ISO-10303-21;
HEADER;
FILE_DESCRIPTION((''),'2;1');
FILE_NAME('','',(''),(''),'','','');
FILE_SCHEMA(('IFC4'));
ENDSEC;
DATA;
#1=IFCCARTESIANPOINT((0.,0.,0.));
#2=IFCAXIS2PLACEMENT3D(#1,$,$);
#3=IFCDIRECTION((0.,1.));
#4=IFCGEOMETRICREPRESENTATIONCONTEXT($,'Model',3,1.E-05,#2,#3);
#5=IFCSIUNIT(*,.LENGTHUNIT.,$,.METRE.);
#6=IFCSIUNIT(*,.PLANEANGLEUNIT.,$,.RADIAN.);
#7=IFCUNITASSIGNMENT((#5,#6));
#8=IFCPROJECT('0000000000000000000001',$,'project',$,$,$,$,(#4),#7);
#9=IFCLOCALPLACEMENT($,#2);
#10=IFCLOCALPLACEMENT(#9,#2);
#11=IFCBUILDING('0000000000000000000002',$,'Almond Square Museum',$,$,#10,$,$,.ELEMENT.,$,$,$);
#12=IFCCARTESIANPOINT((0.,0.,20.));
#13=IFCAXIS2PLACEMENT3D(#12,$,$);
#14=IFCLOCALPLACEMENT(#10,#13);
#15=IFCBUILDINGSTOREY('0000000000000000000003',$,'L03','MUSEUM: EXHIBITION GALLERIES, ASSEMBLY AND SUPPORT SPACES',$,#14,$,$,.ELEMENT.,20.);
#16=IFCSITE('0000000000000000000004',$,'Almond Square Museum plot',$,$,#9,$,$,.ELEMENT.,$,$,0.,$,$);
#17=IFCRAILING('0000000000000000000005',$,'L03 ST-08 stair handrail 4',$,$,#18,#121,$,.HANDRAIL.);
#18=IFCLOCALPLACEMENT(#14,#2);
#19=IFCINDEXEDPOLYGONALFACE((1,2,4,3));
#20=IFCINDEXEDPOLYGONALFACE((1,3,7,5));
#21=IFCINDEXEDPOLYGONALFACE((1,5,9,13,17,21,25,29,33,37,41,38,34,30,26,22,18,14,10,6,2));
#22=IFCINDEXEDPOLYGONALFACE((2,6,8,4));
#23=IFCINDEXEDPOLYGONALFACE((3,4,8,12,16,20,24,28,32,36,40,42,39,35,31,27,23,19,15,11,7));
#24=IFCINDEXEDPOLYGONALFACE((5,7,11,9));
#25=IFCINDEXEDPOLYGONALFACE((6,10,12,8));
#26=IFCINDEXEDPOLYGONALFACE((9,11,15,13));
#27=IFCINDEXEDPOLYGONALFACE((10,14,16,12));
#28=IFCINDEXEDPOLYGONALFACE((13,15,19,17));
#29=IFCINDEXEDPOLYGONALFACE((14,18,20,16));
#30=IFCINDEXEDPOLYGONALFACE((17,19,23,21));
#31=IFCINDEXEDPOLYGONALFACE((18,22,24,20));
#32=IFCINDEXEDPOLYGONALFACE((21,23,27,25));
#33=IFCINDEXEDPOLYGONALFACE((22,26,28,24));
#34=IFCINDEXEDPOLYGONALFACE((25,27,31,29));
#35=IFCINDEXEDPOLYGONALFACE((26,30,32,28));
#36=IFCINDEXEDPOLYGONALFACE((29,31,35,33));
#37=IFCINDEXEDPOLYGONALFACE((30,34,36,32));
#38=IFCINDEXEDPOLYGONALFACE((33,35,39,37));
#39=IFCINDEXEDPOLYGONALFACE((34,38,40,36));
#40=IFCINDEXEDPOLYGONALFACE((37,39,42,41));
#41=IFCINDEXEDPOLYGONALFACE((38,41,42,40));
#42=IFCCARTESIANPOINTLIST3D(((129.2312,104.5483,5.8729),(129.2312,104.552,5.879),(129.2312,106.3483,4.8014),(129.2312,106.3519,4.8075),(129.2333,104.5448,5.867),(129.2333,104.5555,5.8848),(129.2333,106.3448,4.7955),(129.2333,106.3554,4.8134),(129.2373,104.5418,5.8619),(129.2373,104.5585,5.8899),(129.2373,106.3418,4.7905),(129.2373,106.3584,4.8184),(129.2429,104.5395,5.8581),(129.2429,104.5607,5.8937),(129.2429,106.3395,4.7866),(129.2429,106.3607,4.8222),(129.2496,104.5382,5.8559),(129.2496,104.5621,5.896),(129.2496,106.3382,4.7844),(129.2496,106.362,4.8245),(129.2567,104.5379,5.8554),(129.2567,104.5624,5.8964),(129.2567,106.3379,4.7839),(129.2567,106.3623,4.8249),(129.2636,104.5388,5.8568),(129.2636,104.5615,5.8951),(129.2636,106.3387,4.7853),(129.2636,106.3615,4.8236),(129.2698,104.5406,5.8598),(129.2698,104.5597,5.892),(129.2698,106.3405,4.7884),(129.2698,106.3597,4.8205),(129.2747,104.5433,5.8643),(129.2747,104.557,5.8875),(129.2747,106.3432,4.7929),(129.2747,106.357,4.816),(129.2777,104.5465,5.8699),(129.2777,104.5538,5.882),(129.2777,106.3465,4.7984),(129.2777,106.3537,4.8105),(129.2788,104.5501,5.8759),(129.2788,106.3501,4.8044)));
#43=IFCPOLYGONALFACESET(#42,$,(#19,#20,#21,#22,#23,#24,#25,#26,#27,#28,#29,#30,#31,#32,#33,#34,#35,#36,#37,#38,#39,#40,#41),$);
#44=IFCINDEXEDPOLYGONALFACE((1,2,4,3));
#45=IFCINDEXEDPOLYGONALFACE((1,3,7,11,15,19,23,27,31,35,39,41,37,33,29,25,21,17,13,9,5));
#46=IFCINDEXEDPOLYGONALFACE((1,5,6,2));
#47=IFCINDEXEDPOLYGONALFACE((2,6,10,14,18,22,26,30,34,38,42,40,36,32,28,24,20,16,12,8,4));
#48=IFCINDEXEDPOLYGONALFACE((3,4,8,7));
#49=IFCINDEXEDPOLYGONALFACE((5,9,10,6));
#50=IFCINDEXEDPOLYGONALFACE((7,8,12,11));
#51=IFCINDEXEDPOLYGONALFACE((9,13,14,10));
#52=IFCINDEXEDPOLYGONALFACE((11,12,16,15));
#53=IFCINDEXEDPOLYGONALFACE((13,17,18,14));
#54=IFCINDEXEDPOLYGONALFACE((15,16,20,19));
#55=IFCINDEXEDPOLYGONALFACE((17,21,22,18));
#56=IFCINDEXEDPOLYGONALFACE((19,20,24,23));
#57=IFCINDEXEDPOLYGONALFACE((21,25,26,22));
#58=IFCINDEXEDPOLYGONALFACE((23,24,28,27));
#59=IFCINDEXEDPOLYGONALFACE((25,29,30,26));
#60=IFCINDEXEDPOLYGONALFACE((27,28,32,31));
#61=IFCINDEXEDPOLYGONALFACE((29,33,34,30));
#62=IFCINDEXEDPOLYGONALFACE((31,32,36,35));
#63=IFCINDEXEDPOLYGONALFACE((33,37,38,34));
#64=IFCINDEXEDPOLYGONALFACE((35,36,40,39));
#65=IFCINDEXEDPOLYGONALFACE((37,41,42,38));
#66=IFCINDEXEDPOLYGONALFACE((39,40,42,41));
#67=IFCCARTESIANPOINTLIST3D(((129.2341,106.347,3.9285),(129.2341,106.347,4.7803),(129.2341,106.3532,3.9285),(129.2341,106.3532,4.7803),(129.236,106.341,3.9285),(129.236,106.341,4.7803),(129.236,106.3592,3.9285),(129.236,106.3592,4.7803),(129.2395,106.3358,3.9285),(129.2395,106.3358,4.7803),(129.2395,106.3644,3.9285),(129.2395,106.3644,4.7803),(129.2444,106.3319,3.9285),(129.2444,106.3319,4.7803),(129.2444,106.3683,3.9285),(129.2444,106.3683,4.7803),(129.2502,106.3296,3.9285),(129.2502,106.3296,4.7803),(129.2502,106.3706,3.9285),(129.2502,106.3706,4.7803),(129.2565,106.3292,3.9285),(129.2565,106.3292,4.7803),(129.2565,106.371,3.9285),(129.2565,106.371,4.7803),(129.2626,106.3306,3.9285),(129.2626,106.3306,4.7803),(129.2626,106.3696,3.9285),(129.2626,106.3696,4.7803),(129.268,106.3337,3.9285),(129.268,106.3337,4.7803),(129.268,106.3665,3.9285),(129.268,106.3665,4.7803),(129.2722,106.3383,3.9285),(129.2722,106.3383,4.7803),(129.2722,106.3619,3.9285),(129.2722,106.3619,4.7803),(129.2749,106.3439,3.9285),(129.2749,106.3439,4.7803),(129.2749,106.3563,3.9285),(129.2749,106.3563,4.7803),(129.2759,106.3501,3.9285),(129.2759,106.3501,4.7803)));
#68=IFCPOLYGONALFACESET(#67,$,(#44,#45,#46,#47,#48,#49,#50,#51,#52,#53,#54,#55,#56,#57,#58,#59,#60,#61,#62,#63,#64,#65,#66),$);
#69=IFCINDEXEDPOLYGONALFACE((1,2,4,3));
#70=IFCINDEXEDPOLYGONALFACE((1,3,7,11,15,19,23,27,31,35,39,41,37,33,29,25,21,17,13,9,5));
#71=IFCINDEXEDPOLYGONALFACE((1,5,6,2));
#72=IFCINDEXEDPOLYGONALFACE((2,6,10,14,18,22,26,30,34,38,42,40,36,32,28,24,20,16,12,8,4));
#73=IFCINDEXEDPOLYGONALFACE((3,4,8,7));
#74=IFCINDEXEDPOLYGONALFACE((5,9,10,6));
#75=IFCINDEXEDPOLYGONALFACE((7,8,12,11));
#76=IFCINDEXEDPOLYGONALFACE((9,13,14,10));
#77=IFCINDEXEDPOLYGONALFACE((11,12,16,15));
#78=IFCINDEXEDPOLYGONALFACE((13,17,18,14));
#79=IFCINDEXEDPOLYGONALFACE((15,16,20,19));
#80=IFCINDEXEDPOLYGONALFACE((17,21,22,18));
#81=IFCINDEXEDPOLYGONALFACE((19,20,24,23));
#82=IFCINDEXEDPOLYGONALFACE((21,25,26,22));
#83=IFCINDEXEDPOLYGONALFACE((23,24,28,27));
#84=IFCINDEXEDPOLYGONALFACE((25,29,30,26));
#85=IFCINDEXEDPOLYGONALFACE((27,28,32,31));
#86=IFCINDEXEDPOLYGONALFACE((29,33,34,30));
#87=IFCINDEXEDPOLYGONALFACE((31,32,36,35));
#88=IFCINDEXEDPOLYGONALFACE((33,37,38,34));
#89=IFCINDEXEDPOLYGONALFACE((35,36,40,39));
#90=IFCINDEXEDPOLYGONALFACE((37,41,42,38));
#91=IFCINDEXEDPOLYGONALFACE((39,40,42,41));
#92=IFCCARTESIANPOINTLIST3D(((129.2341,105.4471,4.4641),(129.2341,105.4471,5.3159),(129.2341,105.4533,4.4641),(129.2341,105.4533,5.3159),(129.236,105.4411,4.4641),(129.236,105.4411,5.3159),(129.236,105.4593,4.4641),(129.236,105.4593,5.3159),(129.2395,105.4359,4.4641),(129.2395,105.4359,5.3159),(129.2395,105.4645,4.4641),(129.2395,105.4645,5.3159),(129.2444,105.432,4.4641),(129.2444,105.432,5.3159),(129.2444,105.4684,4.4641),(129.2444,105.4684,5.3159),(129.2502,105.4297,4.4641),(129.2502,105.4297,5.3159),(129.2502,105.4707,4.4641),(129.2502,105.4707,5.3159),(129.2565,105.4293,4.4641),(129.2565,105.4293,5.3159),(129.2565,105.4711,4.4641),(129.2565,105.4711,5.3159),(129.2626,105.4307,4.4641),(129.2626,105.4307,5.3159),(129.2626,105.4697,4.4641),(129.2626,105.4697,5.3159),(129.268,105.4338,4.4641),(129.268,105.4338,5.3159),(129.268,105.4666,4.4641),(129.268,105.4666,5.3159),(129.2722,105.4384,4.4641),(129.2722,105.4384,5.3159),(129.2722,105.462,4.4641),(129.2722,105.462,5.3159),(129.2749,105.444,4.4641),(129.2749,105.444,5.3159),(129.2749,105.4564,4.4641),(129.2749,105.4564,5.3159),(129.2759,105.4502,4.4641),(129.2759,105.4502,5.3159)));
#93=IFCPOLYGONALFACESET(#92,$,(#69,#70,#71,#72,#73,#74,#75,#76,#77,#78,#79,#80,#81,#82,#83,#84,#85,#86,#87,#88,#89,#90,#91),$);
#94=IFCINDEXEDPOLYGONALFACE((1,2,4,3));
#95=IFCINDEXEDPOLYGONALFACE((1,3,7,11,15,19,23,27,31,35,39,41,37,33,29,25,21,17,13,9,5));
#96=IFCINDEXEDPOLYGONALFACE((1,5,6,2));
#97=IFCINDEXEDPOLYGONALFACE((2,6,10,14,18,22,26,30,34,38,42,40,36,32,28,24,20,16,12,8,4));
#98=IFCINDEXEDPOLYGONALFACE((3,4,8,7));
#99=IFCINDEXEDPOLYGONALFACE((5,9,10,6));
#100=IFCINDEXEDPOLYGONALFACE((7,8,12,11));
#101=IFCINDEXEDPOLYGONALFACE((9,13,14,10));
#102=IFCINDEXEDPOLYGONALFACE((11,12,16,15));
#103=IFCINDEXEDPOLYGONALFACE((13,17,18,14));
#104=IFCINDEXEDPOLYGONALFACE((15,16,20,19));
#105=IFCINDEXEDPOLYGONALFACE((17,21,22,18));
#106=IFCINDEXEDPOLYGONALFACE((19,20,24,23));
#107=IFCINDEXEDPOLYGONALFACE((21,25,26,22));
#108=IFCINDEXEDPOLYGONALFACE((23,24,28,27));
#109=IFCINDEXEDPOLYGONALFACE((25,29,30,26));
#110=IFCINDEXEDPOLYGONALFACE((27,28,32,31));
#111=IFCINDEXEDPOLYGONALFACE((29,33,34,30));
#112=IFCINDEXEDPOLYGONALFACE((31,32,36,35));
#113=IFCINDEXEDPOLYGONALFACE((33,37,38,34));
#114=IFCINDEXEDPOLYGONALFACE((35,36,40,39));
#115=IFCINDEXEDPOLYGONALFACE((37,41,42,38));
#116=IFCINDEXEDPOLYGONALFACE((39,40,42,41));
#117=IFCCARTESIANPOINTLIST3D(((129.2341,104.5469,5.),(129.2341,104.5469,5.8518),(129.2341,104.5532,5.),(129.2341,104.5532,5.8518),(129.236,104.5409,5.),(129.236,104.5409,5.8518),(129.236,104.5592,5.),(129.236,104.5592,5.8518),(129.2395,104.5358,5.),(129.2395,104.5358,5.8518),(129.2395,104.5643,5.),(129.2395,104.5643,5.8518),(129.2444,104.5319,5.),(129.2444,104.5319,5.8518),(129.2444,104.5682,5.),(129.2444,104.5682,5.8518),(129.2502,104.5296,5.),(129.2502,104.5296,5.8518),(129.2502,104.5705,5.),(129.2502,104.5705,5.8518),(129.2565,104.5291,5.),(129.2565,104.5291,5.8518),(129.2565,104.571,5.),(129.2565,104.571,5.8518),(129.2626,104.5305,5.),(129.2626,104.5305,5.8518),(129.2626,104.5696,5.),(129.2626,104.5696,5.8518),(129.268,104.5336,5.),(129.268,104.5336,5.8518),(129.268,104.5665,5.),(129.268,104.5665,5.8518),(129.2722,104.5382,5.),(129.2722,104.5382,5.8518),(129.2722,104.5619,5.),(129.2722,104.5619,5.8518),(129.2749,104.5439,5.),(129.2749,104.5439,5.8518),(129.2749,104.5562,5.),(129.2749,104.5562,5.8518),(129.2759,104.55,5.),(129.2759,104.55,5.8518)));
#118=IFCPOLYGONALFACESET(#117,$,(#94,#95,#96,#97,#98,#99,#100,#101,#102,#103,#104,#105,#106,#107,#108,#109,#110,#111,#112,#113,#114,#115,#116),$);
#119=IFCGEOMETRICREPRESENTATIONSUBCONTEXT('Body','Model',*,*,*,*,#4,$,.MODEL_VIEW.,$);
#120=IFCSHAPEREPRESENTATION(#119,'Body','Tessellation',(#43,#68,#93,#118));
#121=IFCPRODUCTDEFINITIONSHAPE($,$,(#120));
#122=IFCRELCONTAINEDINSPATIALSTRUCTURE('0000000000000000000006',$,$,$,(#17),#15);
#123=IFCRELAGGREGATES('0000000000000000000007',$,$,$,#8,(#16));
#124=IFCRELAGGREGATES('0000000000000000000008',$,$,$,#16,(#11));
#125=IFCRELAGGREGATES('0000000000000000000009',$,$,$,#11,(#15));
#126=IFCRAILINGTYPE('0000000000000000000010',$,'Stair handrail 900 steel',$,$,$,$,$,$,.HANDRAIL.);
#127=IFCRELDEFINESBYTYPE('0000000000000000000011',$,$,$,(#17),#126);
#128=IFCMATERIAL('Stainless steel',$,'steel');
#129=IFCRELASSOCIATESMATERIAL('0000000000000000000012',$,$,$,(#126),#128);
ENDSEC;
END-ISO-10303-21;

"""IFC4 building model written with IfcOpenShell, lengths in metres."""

from ifc_helpers import new_model, si_unit, direction, frame, origin, origin_2d, place, context, subcontext, project, spatial, circle, extrude, material, type_object, element, save


model = new_model("IFC4")

# Units and contexts
model_context = context("Model", 3, precision=1e-05, world=origin(), true_north=direction((0.0, 1.0)))
body_context = subcontext(model_context, "Body", "Model", "MODEL_VIEW")
ifc_project = project(units=[si_unit("LENGTHUNIT", "METRE"), si_unit("PLANEANGLEUNIT", "RADIAN")], contexts=[model_context])

# Site, building, storey
site_placement = place(None, origin())
site = spatial("IfcSite", under=ifc_project, at=site_placement, Name="Almond Square Museum plot", CompositionType="ELEMENT", RefElevation=0.0)
building_placement = place(site_placement, origin())
building = spatial("IfcBuilding", under=site, at=building_placement, Name="Almond Square Museum", CompositionType="ELEMENT")
storey_placement = place(building_placement, frame((0.0, 0.0, 20.0)))
storey = spatial("IfcBuildingStorey", under=building, at=storey_placement, Name="L03", Description="MUSEUM: EXHIBITION GALLERIES, ASSEMBLY AND SUPPORT SPACES", CompositionType="ELEMENT", Elevation=20.0)

# Railing
ifc_material_1 = material(Name="Stainless steel", Category="steel")
railing_type_1 = type_object("IfcRailingType", Name="Stair handrail 900 steel", PredefinedType="HANDRAIL", material=ifc_material_1)
railing_1_placement = place(storey_placement, frame((129.2549, 106.3501, 3.9285)))
element("IfcRailing", 1, at=railing_1_placement, inside=storey, type_object=railing_type_1, Name="L03 ST-08 stair handrail 4", PredefinedType="HANDRAIL", context=body_context, shape_type="SweptSolid", body=[
    extrude(circle(Radius=0.0239, at=origin_2d()), frame((0.0, 0.0, 0.876), z_axis=(0.0, -0.859277, 0.51151), x_axis=(1.0, 0.0, 0.0)), (0.0, 0.0, 1.0), 2.0947),
    extrude(circle(Radius=0.021, at=origin_2d()), origin(), (0.0, 0.0, 1.0), 0.8518),
    extrude(circle(Radius=0.021, at=origin_2d()), frame((0.0, -0.8999, 0.5356)), (0.0, 0.0, 1.0), 0.8518),
    extrude(circle(Radius=0.021, at=origin_2d()), frame((0.0, -1.8, 1.0715)), (0.0, 0.0, 1.0), 0.8518),
])

save(model, "model.ifc")
